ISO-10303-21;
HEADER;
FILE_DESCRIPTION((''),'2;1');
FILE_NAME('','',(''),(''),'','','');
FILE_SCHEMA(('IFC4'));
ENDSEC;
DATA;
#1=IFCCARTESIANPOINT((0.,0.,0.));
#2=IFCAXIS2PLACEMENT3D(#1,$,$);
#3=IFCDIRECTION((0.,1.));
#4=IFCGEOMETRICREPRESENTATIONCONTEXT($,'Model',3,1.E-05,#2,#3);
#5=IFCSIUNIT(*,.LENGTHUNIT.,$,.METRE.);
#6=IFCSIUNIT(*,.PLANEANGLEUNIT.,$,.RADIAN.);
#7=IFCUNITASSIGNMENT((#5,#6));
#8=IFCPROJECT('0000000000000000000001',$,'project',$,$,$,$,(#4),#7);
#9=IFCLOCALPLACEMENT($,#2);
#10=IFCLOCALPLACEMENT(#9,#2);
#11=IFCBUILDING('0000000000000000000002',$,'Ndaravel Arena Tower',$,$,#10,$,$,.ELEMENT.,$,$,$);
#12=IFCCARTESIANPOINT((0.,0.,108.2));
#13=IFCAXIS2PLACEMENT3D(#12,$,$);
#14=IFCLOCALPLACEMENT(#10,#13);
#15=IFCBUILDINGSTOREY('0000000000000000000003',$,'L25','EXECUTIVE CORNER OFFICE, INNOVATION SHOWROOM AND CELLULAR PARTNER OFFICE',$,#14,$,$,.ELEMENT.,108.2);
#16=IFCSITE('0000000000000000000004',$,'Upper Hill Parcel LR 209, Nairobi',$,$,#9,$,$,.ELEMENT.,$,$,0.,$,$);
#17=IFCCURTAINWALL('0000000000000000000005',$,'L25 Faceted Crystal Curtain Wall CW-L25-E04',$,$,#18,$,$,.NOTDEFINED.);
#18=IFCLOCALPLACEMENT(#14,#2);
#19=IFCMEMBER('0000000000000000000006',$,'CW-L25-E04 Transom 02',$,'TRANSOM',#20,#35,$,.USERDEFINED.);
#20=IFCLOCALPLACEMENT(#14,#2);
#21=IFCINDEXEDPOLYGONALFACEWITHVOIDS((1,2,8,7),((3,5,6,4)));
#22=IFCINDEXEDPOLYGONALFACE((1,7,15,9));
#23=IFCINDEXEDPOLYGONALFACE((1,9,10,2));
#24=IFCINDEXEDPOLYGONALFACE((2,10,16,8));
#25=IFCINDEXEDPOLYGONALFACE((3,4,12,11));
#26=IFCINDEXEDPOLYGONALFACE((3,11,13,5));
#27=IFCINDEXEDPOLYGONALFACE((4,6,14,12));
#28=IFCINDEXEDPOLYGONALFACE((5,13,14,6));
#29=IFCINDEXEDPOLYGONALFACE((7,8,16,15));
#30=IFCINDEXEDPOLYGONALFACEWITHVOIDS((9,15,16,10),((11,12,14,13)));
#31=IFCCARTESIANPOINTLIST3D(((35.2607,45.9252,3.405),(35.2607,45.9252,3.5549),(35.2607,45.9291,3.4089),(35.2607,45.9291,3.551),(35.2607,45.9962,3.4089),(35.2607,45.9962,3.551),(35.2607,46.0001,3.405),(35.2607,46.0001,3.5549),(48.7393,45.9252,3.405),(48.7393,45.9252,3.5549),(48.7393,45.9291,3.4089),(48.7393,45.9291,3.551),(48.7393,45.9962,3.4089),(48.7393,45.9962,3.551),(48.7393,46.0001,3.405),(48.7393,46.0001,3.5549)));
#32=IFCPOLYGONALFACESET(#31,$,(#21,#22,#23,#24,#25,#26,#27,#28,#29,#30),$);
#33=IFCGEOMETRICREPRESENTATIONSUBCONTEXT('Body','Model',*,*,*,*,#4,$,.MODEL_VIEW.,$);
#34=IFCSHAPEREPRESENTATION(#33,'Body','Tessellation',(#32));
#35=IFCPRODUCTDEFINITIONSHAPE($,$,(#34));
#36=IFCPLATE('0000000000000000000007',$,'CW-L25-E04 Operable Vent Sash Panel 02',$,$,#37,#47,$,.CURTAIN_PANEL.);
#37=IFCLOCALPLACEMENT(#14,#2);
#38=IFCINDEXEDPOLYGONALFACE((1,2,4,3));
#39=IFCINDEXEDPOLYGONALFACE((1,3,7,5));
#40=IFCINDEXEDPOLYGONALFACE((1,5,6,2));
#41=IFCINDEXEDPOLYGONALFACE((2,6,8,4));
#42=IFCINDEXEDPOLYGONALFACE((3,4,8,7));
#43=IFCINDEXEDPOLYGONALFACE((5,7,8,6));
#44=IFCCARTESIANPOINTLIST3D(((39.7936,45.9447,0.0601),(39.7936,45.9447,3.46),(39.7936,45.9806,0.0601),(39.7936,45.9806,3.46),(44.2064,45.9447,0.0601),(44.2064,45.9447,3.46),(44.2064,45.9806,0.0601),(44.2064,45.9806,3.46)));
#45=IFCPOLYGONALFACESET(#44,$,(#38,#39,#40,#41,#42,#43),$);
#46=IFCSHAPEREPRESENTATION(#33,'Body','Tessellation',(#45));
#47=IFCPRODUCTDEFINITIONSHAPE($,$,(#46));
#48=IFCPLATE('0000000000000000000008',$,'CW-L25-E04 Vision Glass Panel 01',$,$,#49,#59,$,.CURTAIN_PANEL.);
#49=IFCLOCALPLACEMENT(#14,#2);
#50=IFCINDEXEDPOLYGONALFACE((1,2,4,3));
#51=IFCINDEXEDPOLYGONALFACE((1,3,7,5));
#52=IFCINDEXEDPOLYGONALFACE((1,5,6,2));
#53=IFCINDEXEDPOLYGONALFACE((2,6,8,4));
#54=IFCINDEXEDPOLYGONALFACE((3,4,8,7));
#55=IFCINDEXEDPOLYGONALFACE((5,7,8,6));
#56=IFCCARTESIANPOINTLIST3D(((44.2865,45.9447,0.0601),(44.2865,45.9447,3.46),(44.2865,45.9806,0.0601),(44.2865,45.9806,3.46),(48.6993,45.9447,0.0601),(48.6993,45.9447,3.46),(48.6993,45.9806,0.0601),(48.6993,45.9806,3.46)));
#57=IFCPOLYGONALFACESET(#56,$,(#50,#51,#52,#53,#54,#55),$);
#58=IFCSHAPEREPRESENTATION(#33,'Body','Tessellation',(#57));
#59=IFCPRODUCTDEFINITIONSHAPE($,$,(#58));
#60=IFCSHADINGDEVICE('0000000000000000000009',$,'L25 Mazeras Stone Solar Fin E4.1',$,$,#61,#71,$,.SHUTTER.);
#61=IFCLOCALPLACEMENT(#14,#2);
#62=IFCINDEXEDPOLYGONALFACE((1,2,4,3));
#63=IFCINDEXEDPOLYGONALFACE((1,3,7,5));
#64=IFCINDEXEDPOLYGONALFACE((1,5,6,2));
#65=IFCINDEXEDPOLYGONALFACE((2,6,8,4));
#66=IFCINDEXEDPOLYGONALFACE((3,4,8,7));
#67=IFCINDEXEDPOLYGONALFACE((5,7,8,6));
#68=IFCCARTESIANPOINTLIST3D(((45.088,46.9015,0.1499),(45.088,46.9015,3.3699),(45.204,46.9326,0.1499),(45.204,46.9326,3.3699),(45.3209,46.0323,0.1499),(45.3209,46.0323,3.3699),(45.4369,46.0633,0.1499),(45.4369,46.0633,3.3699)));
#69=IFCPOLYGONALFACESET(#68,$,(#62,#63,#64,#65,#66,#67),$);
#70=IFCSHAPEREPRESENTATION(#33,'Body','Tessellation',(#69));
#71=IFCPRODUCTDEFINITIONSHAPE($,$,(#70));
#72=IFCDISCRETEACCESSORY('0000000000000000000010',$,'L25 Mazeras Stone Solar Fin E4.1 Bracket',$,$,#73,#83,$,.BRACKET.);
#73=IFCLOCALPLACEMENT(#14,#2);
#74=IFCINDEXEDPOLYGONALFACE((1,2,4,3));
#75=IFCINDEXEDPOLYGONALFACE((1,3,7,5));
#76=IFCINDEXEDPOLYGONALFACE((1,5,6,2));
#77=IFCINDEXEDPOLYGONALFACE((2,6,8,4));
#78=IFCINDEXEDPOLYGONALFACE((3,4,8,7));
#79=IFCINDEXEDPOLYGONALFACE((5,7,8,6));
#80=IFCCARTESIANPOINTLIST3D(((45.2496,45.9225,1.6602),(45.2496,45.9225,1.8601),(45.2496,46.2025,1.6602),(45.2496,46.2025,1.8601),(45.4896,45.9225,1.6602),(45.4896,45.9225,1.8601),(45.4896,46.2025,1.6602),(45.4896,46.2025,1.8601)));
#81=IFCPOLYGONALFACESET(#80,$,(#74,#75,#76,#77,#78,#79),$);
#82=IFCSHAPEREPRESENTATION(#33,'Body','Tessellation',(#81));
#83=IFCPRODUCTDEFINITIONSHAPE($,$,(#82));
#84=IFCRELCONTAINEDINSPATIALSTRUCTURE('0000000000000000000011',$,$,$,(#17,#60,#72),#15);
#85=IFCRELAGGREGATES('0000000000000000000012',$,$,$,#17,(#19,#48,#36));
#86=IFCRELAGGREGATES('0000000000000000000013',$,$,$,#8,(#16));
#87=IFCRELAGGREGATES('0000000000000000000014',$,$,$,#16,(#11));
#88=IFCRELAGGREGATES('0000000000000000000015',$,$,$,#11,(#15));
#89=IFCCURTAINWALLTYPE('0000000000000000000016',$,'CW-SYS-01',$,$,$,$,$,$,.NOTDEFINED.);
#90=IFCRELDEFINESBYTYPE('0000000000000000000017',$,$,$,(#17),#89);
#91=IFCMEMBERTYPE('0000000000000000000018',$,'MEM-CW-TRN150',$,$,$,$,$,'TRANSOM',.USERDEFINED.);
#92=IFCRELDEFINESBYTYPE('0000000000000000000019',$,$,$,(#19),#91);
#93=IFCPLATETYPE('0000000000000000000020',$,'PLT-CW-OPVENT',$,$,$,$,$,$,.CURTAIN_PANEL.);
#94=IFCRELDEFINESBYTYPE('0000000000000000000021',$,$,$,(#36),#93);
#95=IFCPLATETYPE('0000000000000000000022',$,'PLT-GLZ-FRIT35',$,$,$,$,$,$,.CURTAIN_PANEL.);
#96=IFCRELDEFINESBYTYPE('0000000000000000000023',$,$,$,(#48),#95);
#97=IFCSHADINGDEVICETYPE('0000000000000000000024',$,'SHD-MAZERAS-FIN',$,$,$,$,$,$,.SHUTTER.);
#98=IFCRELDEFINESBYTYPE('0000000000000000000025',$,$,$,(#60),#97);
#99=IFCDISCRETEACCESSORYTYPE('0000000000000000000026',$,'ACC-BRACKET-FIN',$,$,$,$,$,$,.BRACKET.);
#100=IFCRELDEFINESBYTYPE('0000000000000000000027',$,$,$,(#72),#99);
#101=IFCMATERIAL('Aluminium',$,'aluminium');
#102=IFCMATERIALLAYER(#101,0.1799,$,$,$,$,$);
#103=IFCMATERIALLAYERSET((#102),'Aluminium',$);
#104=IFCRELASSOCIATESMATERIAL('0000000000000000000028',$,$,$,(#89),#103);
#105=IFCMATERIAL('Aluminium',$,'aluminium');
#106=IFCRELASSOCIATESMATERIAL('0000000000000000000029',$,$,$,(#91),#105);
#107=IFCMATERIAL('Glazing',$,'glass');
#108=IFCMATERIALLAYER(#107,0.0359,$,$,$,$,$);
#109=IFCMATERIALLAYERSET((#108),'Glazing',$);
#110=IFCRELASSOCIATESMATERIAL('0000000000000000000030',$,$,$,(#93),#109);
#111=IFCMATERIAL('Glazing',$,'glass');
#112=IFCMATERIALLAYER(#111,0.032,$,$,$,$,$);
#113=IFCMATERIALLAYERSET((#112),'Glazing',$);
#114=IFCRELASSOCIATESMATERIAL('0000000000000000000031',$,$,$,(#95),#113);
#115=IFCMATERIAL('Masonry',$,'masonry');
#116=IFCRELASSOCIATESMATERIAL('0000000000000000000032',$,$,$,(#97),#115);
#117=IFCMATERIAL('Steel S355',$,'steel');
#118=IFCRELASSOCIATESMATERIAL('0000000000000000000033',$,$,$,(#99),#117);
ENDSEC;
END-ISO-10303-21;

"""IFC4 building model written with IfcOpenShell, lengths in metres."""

from ifc_helpers import new_model, si_unit, direction, frame, origin, origin_2d, place, context, subcontext, project, spatial, rectangle, hollow_rectangle, extrude, material, layer, layer_set, material_profile, profile_set, type_object, element, aggregate, save


model = new_model("IFC4")

# Units and contexts
model_context = context("Model", 3, precision=1e-05, world=origin(), true_north=direction((0.0, 1.0)))
body_context = subcontext(model_context, "Body", "Model", "MODEL_VIEW")
ifc_project = project(units=[si_unit("LENGTHUNIT", "METRE"), si_unit("PLANEANGLEUNIT", "RADIAN")], contexts=[model_context])

# Site, building, storey
site_placement = place(None, origin())
site = spatial("IfcSite", under=ifc_project, at=site_placement, Name="Upper Hill Parcel LR 209, Nairobi", CompositionType="ELEMENT", RefElevation=0.0)
building_placement = place(site_placement, origin())
building = spatial("IfcBuilding", under=site, at=building_placement, Name="Ndaravel Arena Tower", CompositionType="ELEMENT")
storey_placement = place(building_placement, frame((0.0, 0.0, 108.2)))
storey = spatial("IfcBuildingStorey", under=building, at=storey_placement, Name="L25", Description="EXECUTIVE CORNER OFFICE, INNOVATION SHOWROOM AND CELLULAR PARTNER OFFICE", CompositionType="ELEMENT", Elevation=108.2)

# Curtain wall, member, plates
ifc_material_1 = material(Name="Aluminium", Category="aluminium")
ifc_layer_1 = layer(ifc_material_1, 0.1799)
ifc_layer_set_1 = layer_set([ifc_layer_1], Name="Aluminium")
curtain_wall_type = type_object("IfcCurtainWallType", Name="CW-SYS-01", PredefinedType="NOTDEFINED", material=ifc_layer_set_1)
curtain_wall_placement = place(storey_placement, origin())
curtain_wall = element("IfcCurtainWall", 1, at=curtain_wall_placement, inside=storey, type_object=curtain_wall_type, Name="L25 Faceted Crystal Curtain Wall CW-L25-E04", PredefinedType="NOTDEFINED")
ifc_material_2 = material(Name="Aluminium", Category="aluminium")
ifc_material_profile_1 = material_profile(ifc_material_2, hollow_rectangle(XDim=0.075, YDim=0.1499, WallThickness=0.0039, at=origin_2d()), Name="CW TRANSOM 75x150x4")
ifc_profile_set_1 = profile_set([ifc_material_profile_1], Name="Aluminium")
member_type_1 = type_object("IfcMemberType", Name="MEM-CW-TRN150", ElementType="TRANSOM", PredefinedType="USERDEFINED", material=ifc_profile_set_1)
member_1_placement = place(storey_placement, frame((48.7393, 45.9626, 3.48), z_axis=(-1.0, 0.0, 0.0), x_axis=(0.0, -1.0, 0.0)))
member_1 = element("IfcMember", 2, at=member_1_placement, type_object=member_type_1, Name="CW-L25-E04 Transom 02", ObjectType="TRANSOM", PredefinedType="USERDEFINED", context=body_context, shape_type="SweptSolid", body=[
    extrude(hollow_rectangle(XDim=0.075, YDim=0.1499, WallThickness=0.0039, at=origin_2d()), origin(), (0.0, 0.0, 1.0), 13.4785),
])
ifc_material_3 = material(Name="Glazing", Category="glass")
ifc_layer_2 = layer(ifc_material_3, 0.0359)
ifc_layer_set_2 = layer_set([ifc_layer_2], Name="Glazing")
plate_type_1 = type_object("IfcPlateType", Name="PLT-CW-OPVENT", PredefinedType="CURTAIN_PANEL", material=ifc_layer_set_2)
plate_1_placement = place(storey_placement, frame((42.0, 45.9626, 0.0601), z_axis=(0.0, 0.0, 1.0), x_axis=(-1.0, 0.0, 0.0)))
plate_1 = element("IfcPlate", 3, at=plate_1_placement, type_object=plate_type_1, Name="CW-L25-E04 Operable Vent Sash Panel 02", PredefinedType="CURTAIN_PANEL", context=body_context, shape_type="SweptSolid", body=[
    extrude(rectangle(XDim=4.4128, YDim=0.0359, at=origin_2d()), origin(), (0.0, 0.0, 1.0), 3.3999),
])
ifc_material_4 = material(Name="Glazing", Category="glass")
ifc_layer_3 = layer(ifc_material_4, 0.032)
ifc_layer_set_3 = layer_set([ifc_layer_3], Name="Glazing")
plate_type_2 = type_object("IfcPlateType", Name="PLT-GLZ-FRIT35", PredefinedType="CURTAIN_PANEL", material=ifc_layer_set_3)
plate_2_placement = place(storey_placement, frame((46.4929, 45.9626, 0.0601), z_axis=(0.0, 0.0, 1.0), x_axis=(-1.0, 0.0, 0.0)))
plate_2 = element("IfcPlate", 4, at=plate_2_placement, type_object=plate_type_2, Name="CW-L25-E04 Vision Glass Panel 01", PredefinedType="CURTAIN_PANEL", context=body_context, shape_type="SweptSolid", body=[
    extrude(rectangle(XDim=4.4128, YDim=0.0359, at=origin_2d()), origin(), (0.0, 0.0, 1.0), 3.3999),
])
aggregate(curtain_wall, [member_1, plate_2, plate_1])

# Shading device
ifc_material_5 = material(Name="Masonry", Category="masonry")
shading_device_type = type_object("IfcShadingDeviceType", Name="SHD-MAZERAS-FIN", PredefinedType="SHUTTER", material=ifc_material_5)
shading_device_placement = place(storey_placement, frame((45.2625, 46.4824, 0.1499), z_axis=(0.0, 0.0, 1.0), x_axis=(-0.258819, 0.965926, 0.0)))
element("IfcShadingDevice", 5, at=shading_device_placement, inside=storey, type_object=shading_device_type, Name="L25 Mazeras Stone Solar Fin E4.1", PredefinedType="SHUTTER", context=body_context, shape_type="SweptSolid", body=[
    extrude(rectangle(XDim=0.8999, YDim=0.1201, at=origin_2d()), origin(), (0.0, 0.0, 1.0), 3.22),
])

# Discrete accessory
ifc_material_6 = material(Name="Steel S355", Category="steel")
discrete_accessory_type = type_object("IfcDiscreteAccessoryType", Name="ACC-BRACKET-FIN", PredefinedType="BRACKET", material=ifc_material_6)
discrete_accessory_placement = place(storey_placement, frame((45.3696, 46.0625, 1.6602), z_axis=(0.0, 0.0, 1.0), x_axis=(0.0, 1.0, 0.0)))
element("IfcDiscreteAccessory", 6, at=discrete_accessory_placement, inside=storey, type_object=discrete_accessory_type, Name="L25 Mazeras Stone Solar Fin E4.1 Bracket", PredefinedType="BRACKET", context=body_context, shape_type="SweptSolid", body=[
    extrude(rectangle(XDim=0.28, YDim=0.24, at=origin_2d()), origin(), (0.0, 0.0, 1.0), 0.2),
])

save(model, "model.ifc")
